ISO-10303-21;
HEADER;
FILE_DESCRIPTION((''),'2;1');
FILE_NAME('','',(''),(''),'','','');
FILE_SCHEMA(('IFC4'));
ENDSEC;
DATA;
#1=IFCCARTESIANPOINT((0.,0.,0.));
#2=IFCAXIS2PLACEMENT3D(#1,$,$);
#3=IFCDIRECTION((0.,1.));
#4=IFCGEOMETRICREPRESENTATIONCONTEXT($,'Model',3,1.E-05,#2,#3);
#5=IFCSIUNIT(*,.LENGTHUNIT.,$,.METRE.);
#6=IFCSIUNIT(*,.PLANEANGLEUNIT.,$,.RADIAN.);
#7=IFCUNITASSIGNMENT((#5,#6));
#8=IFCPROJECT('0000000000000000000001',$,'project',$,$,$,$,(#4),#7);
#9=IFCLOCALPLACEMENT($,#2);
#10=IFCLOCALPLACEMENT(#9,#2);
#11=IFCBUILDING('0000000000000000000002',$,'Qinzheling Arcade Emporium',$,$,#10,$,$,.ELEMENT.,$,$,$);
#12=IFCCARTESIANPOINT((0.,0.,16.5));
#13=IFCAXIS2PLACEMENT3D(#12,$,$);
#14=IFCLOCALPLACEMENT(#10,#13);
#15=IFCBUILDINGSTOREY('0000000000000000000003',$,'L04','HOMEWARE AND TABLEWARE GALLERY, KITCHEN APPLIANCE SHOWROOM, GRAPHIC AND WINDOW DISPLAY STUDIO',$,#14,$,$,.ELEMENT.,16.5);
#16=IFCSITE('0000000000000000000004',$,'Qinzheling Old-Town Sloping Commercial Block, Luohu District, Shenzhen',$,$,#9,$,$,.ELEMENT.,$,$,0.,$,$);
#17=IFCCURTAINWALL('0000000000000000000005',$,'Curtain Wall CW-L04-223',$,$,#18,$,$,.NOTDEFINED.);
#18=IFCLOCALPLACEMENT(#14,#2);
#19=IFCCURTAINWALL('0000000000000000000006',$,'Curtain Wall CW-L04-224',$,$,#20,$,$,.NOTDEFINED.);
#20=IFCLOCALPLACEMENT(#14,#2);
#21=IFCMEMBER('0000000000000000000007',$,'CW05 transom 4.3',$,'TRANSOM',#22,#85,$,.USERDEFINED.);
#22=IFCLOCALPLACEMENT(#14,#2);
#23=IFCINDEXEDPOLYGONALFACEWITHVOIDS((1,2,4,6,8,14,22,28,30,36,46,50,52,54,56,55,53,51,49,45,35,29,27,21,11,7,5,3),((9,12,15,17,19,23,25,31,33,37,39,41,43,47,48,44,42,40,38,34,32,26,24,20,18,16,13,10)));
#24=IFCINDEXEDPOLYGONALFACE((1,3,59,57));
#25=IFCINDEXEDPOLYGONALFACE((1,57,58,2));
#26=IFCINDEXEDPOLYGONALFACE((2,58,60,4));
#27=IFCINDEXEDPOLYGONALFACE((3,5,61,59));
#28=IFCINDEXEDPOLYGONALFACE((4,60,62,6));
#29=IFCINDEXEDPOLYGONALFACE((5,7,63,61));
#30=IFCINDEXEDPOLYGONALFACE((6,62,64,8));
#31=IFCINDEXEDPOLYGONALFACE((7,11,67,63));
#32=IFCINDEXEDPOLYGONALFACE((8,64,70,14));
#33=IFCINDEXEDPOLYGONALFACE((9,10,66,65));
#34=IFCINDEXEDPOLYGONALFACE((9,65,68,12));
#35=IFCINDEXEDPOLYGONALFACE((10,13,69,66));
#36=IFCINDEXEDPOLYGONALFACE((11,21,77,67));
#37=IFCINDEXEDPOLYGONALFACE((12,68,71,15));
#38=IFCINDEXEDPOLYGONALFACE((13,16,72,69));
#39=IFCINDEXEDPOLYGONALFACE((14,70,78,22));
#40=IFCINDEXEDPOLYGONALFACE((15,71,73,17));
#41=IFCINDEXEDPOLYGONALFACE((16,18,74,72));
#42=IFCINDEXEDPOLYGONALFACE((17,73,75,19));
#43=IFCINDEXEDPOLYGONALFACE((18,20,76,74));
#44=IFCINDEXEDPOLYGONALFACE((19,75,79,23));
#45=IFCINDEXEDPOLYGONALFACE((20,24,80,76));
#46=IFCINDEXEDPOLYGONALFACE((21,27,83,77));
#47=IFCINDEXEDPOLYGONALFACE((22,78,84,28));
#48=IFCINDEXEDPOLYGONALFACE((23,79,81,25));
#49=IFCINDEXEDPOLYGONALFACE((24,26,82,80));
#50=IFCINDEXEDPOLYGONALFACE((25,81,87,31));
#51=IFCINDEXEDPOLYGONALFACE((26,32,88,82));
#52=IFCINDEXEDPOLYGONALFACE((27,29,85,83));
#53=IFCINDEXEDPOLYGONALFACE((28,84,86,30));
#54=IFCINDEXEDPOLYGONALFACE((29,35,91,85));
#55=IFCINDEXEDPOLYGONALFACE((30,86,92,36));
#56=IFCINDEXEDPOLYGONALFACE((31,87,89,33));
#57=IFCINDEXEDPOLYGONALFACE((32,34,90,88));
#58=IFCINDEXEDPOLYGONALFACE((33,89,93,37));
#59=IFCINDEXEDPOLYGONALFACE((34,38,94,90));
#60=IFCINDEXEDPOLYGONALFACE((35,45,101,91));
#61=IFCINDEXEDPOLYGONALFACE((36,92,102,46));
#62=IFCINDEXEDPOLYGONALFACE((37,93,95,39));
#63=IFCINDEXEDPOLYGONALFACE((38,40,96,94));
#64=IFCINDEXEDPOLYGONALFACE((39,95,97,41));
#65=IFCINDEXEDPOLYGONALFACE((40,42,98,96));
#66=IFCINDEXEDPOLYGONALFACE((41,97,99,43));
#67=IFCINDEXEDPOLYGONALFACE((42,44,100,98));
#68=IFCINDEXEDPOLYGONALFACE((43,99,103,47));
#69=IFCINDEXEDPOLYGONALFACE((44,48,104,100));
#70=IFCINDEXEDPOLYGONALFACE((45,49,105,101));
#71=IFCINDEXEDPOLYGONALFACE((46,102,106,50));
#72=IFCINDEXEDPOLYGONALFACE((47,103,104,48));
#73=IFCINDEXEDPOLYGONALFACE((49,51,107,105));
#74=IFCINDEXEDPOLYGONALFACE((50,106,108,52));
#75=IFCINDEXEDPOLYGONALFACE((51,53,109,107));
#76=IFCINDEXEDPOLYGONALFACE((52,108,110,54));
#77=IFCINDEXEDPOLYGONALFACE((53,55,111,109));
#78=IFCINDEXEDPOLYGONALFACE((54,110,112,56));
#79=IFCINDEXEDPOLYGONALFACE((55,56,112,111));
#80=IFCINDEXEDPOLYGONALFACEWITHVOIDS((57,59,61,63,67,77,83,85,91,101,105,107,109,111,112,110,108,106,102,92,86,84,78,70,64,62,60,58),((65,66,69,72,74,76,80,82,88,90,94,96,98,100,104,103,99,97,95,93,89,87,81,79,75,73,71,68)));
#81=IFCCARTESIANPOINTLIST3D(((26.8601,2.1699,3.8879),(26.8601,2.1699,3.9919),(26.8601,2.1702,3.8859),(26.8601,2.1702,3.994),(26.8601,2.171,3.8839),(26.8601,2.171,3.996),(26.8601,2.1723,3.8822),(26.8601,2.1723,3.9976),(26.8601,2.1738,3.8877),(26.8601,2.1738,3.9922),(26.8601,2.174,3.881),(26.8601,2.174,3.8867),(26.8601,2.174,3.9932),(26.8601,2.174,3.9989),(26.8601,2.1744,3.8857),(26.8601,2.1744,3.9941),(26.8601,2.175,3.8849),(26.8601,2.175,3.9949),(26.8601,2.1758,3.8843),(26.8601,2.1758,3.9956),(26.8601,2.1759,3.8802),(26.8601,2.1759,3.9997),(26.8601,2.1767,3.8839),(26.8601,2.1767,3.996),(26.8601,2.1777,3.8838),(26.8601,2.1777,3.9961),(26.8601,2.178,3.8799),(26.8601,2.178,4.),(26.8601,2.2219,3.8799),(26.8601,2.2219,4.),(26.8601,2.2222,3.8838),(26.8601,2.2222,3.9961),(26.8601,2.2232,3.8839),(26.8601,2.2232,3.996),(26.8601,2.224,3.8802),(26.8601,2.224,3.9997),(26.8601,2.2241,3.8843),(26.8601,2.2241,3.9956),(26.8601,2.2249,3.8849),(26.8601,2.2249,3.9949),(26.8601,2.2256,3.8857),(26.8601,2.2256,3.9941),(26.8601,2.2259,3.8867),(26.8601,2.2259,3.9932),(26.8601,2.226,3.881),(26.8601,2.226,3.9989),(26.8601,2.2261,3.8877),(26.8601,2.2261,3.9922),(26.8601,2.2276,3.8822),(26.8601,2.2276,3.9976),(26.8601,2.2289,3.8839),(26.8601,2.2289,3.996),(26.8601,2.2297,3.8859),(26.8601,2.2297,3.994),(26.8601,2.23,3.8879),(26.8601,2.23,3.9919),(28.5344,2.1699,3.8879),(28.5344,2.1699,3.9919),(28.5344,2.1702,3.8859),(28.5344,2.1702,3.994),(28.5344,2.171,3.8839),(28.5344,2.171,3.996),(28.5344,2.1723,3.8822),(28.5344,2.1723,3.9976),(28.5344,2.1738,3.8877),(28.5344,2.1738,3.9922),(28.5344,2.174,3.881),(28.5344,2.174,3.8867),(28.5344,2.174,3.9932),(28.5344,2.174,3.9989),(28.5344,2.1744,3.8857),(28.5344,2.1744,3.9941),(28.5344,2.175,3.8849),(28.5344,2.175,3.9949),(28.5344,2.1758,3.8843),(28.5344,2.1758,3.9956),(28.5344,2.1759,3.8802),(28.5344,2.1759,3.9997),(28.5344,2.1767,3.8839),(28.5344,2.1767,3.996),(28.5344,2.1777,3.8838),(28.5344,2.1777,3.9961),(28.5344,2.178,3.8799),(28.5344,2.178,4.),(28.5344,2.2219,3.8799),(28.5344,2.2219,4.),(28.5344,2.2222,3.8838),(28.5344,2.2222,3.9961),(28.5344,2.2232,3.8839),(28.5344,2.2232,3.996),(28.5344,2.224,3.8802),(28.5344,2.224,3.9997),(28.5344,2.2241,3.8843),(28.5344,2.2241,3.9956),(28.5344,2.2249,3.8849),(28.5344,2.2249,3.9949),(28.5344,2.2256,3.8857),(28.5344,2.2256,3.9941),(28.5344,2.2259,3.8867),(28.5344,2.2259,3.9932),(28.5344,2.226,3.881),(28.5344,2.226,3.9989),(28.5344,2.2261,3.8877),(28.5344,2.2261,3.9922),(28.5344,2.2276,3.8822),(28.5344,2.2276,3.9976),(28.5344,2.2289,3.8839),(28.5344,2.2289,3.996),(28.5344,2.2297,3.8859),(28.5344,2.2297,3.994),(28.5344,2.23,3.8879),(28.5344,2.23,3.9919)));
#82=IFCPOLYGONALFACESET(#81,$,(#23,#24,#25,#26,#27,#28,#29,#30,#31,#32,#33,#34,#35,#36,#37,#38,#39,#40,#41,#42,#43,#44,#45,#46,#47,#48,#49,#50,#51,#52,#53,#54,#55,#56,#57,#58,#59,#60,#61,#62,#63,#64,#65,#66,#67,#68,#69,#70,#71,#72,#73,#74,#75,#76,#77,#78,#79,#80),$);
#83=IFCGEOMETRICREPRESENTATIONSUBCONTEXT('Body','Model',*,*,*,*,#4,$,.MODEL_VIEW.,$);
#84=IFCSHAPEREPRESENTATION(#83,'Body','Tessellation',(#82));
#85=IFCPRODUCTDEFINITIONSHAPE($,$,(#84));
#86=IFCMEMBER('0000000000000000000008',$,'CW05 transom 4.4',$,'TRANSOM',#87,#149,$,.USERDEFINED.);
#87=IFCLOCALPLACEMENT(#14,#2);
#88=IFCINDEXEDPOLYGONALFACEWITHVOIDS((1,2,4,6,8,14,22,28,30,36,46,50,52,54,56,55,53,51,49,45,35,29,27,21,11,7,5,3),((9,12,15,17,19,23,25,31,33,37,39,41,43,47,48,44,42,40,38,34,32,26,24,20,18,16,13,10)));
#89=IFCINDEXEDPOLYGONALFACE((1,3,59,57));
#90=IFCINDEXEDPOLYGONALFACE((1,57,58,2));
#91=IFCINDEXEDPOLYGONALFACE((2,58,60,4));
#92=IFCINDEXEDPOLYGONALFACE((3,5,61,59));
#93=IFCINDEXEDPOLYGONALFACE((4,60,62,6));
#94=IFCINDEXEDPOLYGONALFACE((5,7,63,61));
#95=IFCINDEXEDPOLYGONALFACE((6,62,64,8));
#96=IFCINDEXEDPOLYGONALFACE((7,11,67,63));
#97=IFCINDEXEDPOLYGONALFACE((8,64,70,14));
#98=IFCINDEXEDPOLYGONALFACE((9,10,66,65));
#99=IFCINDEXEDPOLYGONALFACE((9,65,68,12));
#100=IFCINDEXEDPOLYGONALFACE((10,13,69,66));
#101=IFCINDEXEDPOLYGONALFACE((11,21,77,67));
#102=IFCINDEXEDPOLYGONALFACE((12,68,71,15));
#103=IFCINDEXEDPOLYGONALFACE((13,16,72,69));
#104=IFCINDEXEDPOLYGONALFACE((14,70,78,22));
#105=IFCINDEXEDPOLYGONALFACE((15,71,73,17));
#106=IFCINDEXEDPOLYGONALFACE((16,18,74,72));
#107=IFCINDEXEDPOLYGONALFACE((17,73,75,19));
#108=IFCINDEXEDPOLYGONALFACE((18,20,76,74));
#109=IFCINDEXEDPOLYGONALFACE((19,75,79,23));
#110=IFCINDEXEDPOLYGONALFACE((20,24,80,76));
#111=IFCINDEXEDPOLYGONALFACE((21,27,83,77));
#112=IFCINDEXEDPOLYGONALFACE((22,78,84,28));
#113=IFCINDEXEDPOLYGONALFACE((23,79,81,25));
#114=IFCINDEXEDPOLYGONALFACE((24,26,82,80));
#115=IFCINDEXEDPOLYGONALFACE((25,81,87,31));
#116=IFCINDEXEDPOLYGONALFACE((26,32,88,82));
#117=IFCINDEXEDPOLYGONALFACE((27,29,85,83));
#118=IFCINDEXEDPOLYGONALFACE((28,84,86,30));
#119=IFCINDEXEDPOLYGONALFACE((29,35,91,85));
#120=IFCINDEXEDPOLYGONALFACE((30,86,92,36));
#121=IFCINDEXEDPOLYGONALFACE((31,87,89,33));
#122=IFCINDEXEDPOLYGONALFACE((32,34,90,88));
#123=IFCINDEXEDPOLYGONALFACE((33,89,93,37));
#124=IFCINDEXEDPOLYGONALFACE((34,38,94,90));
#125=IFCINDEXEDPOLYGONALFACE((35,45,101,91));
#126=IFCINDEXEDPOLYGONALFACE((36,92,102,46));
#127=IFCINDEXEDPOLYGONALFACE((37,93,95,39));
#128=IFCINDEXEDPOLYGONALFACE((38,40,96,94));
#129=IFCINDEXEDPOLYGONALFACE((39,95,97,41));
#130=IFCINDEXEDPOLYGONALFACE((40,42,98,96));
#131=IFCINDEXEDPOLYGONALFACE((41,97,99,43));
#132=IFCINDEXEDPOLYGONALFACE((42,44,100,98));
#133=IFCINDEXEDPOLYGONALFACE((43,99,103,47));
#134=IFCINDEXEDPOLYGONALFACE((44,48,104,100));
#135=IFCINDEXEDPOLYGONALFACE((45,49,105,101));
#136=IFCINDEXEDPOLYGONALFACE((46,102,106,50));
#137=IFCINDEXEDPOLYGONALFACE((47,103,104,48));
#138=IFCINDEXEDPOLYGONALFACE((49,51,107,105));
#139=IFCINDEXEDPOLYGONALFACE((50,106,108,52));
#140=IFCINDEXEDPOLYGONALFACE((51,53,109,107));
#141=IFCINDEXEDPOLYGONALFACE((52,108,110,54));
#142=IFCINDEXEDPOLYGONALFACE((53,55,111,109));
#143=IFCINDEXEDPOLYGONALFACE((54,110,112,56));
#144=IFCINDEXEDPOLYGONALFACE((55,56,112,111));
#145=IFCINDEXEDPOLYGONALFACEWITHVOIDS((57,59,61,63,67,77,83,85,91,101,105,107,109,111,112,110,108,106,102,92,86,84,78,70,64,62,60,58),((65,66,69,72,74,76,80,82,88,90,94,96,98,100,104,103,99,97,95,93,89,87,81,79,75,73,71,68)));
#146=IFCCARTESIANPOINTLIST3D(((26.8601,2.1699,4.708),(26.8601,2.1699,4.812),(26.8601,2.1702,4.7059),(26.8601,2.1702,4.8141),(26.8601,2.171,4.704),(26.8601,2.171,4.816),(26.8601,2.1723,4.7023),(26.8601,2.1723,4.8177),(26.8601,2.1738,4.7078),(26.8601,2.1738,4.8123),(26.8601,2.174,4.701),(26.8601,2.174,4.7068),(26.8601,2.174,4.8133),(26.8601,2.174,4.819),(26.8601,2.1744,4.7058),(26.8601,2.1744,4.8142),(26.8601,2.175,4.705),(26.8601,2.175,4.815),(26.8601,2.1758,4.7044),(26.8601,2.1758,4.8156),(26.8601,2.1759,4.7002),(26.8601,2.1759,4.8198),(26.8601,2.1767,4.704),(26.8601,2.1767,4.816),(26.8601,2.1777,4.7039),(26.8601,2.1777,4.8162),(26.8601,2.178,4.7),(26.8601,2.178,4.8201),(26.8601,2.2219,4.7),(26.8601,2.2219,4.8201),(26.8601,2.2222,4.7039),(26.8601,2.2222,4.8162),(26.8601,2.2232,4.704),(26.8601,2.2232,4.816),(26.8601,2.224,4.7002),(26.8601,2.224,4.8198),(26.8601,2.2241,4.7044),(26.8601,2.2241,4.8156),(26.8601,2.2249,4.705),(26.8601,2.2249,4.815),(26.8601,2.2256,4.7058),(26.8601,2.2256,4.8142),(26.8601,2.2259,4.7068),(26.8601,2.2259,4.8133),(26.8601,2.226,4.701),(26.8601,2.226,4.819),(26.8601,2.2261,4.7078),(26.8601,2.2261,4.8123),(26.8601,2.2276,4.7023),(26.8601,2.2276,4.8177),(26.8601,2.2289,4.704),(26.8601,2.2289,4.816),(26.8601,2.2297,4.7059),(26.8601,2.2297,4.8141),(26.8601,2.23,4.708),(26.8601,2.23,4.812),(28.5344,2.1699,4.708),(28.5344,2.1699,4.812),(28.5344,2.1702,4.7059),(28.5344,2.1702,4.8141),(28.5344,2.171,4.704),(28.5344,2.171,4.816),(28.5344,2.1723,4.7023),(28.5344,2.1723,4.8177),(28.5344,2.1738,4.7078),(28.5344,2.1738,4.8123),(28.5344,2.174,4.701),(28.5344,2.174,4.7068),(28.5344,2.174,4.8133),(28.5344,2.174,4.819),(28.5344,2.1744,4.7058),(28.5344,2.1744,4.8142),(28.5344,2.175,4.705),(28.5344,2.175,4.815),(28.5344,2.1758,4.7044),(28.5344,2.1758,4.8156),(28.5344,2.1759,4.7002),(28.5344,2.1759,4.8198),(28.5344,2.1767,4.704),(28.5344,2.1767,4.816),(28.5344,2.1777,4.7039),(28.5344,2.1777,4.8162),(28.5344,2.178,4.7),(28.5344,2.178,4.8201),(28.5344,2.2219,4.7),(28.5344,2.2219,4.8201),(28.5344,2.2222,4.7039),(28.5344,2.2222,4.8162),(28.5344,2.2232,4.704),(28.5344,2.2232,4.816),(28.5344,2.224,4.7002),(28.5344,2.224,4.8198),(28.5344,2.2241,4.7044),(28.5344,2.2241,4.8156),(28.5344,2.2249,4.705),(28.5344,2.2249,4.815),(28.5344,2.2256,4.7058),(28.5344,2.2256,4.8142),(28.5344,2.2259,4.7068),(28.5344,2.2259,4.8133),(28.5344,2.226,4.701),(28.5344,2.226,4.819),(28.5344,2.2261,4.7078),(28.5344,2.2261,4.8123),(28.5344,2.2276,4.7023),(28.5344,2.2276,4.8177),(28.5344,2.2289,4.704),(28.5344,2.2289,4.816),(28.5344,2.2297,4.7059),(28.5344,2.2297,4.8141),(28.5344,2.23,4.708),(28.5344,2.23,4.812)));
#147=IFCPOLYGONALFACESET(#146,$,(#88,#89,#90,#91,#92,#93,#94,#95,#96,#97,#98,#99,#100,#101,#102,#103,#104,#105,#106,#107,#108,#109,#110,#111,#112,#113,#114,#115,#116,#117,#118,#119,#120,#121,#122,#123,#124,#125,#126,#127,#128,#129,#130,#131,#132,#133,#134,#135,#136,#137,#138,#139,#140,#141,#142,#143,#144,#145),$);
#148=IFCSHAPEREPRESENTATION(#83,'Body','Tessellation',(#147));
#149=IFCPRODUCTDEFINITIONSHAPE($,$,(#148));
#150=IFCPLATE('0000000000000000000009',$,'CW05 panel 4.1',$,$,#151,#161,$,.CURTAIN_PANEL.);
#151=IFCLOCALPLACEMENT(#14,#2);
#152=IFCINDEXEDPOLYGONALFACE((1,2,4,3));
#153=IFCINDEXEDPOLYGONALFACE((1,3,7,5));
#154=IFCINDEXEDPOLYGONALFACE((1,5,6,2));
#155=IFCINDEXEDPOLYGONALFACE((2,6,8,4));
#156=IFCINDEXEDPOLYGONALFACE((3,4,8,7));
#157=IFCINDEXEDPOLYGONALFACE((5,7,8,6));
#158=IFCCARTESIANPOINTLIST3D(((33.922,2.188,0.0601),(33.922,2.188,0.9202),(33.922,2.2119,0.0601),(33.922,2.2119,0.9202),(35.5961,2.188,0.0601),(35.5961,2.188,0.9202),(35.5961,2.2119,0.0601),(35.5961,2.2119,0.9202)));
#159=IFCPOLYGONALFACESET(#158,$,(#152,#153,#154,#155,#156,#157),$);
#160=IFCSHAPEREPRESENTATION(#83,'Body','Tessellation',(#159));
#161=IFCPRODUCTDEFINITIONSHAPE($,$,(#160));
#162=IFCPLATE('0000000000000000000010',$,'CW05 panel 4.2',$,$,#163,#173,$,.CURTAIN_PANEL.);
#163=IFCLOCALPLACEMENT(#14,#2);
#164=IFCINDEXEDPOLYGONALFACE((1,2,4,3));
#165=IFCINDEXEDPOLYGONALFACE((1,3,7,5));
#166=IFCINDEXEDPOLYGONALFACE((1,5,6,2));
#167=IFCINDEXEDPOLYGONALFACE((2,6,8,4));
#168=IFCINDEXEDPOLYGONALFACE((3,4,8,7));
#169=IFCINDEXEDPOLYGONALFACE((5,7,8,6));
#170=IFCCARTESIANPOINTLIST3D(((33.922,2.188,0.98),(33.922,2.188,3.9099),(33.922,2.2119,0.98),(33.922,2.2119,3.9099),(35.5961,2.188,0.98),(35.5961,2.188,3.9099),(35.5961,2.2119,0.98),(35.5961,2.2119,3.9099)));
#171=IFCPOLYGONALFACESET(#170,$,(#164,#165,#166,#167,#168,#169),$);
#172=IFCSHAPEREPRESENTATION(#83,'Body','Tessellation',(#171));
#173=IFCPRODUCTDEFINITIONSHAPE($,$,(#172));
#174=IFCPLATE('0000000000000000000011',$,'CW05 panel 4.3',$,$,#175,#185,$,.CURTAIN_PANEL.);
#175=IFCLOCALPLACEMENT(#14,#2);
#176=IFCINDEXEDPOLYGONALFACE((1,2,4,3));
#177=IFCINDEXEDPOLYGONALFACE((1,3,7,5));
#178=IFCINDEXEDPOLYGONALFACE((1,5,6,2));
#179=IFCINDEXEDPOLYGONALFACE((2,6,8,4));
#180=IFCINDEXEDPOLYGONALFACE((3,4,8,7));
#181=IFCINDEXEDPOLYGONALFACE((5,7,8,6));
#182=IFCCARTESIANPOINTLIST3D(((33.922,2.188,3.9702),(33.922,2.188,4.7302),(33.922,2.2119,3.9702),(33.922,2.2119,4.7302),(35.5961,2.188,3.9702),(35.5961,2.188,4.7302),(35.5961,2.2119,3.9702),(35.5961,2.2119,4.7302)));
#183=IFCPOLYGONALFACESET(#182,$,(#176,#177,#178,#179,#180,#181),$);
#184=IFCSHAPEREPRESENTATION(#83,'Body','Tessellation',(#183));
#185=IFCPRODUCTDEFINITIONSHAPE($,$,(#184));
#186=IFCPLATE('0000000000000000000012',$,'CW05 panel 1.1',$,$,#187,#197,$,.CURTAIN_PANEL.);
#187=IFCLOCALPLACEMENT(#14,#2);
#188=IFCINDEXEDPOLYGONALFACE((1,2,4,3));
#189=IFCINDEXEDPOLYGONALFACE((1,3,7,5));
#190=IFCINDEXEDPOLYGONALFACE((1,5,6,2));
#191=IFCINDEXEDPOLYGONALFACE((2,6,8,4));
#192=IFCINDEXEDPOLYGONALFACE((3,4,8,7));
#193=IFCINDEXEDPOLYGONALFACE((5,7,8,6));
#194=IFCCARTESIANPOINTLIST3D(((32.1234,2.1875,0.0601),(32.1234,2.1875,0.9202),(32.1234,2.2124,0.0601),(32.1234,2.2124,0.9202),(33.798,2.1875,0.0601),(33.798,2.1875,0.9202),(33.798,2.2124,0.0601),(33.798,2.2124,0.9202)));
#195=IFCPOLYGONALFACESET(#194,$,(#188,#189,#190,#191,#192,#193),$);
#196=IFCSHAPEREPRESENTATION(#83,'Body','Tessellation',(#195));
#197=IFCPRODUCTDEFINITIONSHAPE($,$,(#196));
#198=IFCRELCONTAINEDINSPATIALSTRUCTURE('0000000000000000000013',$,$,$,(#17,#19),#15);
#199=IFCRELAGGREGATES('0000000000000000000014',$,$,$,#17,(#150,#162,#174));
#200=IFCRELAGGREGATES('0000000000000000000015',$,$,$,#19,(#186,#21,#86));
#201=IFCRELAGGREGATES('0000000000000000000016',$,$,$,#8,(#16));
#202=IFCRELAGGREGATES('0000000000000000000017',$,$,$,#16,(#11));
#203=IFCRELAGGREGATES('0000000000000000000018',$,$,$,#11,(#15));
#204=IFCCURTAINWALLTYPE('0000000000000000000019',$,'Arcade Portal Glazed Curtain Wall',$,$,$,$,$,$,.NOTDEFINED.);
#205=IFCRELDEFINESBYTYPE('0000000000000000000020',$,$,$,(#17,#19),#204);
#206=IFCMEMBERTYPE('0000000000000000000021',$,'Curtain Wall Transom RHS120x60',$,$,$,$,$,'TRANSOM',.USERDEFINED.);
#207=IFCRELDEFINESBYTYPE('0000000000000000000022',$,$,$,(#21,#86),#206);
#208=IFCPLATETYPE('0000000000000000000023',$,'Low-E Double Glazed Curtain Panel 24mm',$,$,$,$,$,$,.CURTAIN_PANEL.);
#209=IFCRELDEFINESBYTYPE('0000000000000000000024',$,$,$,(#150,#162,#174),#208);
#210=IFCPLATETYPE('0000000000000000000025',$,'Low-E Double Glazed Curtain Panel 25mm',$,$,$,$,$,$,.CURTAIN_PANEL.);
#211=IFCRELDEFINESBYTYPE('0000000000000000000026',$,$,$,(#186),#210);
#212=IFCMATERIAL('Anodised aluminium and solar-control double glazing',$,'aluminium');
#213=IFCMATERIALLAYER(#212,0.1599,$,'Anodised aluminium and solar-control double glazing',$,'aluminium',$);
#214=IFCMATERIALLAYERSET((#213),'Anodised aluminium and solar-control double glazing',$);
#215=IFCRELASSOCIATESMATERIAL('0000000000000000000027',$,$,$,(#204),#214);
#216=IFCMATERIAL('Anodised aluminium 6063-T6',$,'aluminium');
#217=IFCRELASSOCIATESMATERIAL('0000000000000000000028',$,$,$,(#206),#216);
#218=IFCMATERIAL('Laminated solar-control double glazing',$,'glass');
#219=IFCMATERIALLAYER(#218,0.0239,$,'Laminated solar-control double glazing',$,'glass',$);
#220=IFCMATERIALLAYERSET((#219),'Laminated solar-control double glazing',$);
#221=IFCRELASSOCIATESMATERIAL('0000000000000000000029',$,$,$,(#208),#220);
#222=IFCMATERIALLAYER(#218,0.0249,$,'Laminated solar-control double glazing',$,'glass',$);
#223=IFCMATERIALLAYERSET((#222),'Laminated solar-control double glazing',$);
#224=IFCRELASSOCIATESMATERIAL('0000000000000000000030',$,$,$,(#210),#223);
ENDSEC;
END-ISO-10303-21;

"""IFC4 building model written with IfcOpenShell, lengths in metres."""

from ifc_helpers import new_model, si_unit, direction, frame, origin, origin_2d, place, context, subcontext, project, spatial, rectangle, hollow_rectangle, extrude, material, layer, layer_set, material_profile, profile_set, type_object, element, aggregate, save


model = new_model("IFC4")

# Units and contexts
model_context = context("Model", 3, precision=1e-05, world=origin(), true_north=direction((0.0, 1.0)))
body_context = subcontext(model_context, "Body", "Model", "MODEL_VIEW")
ifc_project = project(units=[si_unit("LENGTHUNIT", "METRE"), si_unit("PLANEANGLEUNIT", "RADIAN")], contexts=[model_context])

# Site, building, storey
site_placement = place(None, origin())
site = spatial("IfcSite", under=ifc_project, at=site_placement, Name="Qinzheling Old-Town Sloping Commercial Block, Luohu District, Shenzhen", CompositionType="ELEMENT", RefElevation=0.0)
building_placement = place(site_placement, origin())
building = spatial("IfcBuilding", under=site, at=building_placement, Name="Qinzheling Arcade Emporium", CompositionType="ELEMENT")
storey_placement = place(building_placement, frame((0.0, 0.0, 16.5)))
storey = spatial("IfcBuildingStorey", under=building, at=storey_placement, Name="L04", Description="HOMEWARE AND TABLEWARE GALLERY, KITCHEN APPLIANCE SHOWROOM, GRAPHIC AND WINDOW DISPLAY STUDIO", CompositionType="ELEMENT", Elevation=16.5)

# Curtain wall
ifc_material_1 = material(Name="Anodised aluminium and solar-control double glazing", Category="aluminium")
ifc_layer_1 = layer(ifc_material_1, 0.1599, Name="Anodised aluminium and solar-control double glazing", Category="aluminium")
ifc_layer_set_1 = layer_set([ifc_layer_1], Name="Anodised aluminium and solar-control double glazing")
curtain_wall_type = type_object("IfcCurtainWallType", Name="Arcade Portal Glazed Curtain Wall", PredefinedType="NOTDEFINED", material=ifc_layer_set_1)
curtain_wall_1_placement = place(storey_placement, origin())
curtain_wall_1 = element("IfcCurtainWall", 1, at=curtain_wall_1_placement, inside=storey, type_object=curtain_wall_type, Name="Curtain Wall CW-L04-223", PredefinedType="NOTDEFINED")
ifc_material_2 = material(Name="Anodised aluminium 6063-T6", Category="aluminium")

# Curtain wall
curtain_wall_2_placement = place(storey_placement, origin())
curtain_wall_2 = element("IfcCurtainWall", 2, at=curtain_wall_2_placement, inside=storey, type_object=curtain_wall_type, Name="Curtain Wall CW-L04-224", PredefinedType="NOTDEFINED")

# Members
ifc_material_profile_1 = material_profile(ifc_material_2, hollow_rectangle(XDim=0.0601, YDim=0.1201, WallThickness=0.0039, InnerFilletRadius=0.0039, OuterFilletRadius=0.0081, at=origin_2d()), Name="RHS 120x60x4", Category="aluminium")
ifc_profile_set_1 = profile_set([ifc_material_profile_1], Name="Anodised aluminium 6063-T6")
member_type_1 = type_object("IfcMemberType", Name="Curtain Wall Transom RHS120x60", ElementType="TRANSOM", PredefinedType="USERDEFINED", material=ifc_profile_set_1)
member_1_placement = place(storey_placement, frame((28.5344, 2.2, 3.9399), z_axis=(-1.0, 0.0, 0.0), x_axis=(0.0, -1.0, 0.0)))
member_1 = element("IfcMember", 3, at=member_1_placement, type_object=member_type_1, Name="CW05 transom 4.3", ObjectType="TRANSOM", PredefinedType="USERDEFINED", context=body_context, shape_type="SweptSolid", body=[
    extrude(hollow_rectangle(XDim=0.0601, YDim=0.1201, WallThickness=0.0039, InnerFilletRadius=0.0039, OuterFilletRadius=0.0081, at=origin_2d()), origin(), (0.0, 0.0, 1.0), 1.6743),
])
member_2_placement = place(storey_placement, frame((28.5344, 2.2, 4.76), z_axis=(-1.0, 0.0, 0.0), x_axis=(0.0, -1.0, 0.0)))
member_2 = element("IfcMember", 4, at=member_2_placement, type_object=member_type_1, Name="CW05 transom 4.4", ObjectType="TRANSOM", PredefinedType="USERDEFINED", context=body_context, shape_type="SweptSolid", body=[
    extrude(hollow_rectangle(XDim=0.0601, YDim=0.1201, WallThickness=0.0039, InnerFilletRadius=0.0039, OuterFilletRadius=0.0081, at=origin_2d()), origin(), (0.0, 0.0, 1.0), 1.6743),
])

# Plates
ifc_material_3 = material(Name="Laminated solar-control double glazing", Category="glass")
ifc_layer_2 = layer(ifc_material_3, 0.0239, Name="Laminated solar-control double glazing", Category="glass")
ifc_layer_set_2 = layer_set([ifc_layer_2], Name="Laminated solar-control double glazing")
plate_type_1 = type_object("IfcPlateType", Name="Low-E Double Glazed Curtain Panel 24mm", PredefinedType="CURTAIN_PANEL", material=ifc_layer_set_2)
plate_1_placement = place(storey_placement, frame((34.759, 2.2, 0.0601), z_axis=(0.0, 0.0, 1.0), x_axis=(-1.0, 0.0, 0.0)))
plate_1 = element("IfcPlate", 5, at=plate_1_placement, type_object=plate_type_1, Name="CW05 panel 4.1", PredefinedType="CURTAIN_PANEL", context=body_context, shape_type="SweptSolid", body=[
    extrude(rectangle(XDim=1.6741, YDim=0.0239, at=origin_2d()), origin(), (0.0, 0.0, 1.0), 0.8601),
])
plate_2_placement = place(storey_placement, frame((34.759, 2.2, 0.98), z_axis=(0.0, 0.0, 1.0), x_axis=(-1.0, 0.0, 0.0)))
plate_2 = element("IfcPlate", 6, at=plate_2_placement, type_object=plate_type_1, Name="CW05 panel 4.2", PredefinedType="CURTAIN_PANEL", context=body_context, shape_type="SweptSolid", body=[
    extrude(rectangle(XDim=1.6741, YDim=0.0239, at=origin_2d()), origin(), (0.0, 0.0, 1.0), 2.9299),
])
plate_3_placement = place(storey_placement, frame((34.759, 2.2, 3.9702), z_axis=(0.0, 0.0, 1.0), x_axis=(-1.0, 0.0, 0.0)))
plate_3 = element("IfcPlate", 7, at=plate_3_placement, type_object=plate_type_1, Name="CW05 panel 4.3", PredefinedType="CURTAIN_PANEL", context=body_context, shape_type="SweptSolid", body=[
    extrude(rectangle(XDim=1.6741, YDim=0.0239, at=origin_2d()), origin(), (0.0, 0.0, 1.0), 0.76),
])
aggregate(curtain_wall_1, [plate_1, plate_2, plate_3])
ifc_layer_3 = layer(ifc_material_3, 0.0249, Name="Laminated solar-control double glazing", Category="glass")
ifc_layer_set_3 = layer_set([ifc_layer_3], Name="Laminated solar-control double glazing")
plate_type_2 = type_object("IfcPlateType", Name="Low-E Double Glazed Curtain Panel 25mm", PredefinedType="CURTAIN_PANEL", material=ifc_layer_set_3)
plate_4_placement = place(storey_placement, frame((32.9607, 2.2, 0.0601), z_axis=(0.0, 0.0, 1.0), x_axis=(-1.0, 0.0, 0.0)))
plate_4 = element("IfcPlate", 8, at=plate_4_placement, type_object=plate_type_2, Name="CW05 panel 1.1", PredefinedType="CURTAIN_PANEL", context=body_context, shape_type="SweptSolid", body=[
    extrude(rectangle(XDim=1.6746, YDim=0.0249, at=origin_2d()), origin(), (0.0, 0.0, 1.0), 0.8601),
])
aggregate(curtain_wall_2, [plate_4, member_1, member_2])

save(model, "model.ifc")
